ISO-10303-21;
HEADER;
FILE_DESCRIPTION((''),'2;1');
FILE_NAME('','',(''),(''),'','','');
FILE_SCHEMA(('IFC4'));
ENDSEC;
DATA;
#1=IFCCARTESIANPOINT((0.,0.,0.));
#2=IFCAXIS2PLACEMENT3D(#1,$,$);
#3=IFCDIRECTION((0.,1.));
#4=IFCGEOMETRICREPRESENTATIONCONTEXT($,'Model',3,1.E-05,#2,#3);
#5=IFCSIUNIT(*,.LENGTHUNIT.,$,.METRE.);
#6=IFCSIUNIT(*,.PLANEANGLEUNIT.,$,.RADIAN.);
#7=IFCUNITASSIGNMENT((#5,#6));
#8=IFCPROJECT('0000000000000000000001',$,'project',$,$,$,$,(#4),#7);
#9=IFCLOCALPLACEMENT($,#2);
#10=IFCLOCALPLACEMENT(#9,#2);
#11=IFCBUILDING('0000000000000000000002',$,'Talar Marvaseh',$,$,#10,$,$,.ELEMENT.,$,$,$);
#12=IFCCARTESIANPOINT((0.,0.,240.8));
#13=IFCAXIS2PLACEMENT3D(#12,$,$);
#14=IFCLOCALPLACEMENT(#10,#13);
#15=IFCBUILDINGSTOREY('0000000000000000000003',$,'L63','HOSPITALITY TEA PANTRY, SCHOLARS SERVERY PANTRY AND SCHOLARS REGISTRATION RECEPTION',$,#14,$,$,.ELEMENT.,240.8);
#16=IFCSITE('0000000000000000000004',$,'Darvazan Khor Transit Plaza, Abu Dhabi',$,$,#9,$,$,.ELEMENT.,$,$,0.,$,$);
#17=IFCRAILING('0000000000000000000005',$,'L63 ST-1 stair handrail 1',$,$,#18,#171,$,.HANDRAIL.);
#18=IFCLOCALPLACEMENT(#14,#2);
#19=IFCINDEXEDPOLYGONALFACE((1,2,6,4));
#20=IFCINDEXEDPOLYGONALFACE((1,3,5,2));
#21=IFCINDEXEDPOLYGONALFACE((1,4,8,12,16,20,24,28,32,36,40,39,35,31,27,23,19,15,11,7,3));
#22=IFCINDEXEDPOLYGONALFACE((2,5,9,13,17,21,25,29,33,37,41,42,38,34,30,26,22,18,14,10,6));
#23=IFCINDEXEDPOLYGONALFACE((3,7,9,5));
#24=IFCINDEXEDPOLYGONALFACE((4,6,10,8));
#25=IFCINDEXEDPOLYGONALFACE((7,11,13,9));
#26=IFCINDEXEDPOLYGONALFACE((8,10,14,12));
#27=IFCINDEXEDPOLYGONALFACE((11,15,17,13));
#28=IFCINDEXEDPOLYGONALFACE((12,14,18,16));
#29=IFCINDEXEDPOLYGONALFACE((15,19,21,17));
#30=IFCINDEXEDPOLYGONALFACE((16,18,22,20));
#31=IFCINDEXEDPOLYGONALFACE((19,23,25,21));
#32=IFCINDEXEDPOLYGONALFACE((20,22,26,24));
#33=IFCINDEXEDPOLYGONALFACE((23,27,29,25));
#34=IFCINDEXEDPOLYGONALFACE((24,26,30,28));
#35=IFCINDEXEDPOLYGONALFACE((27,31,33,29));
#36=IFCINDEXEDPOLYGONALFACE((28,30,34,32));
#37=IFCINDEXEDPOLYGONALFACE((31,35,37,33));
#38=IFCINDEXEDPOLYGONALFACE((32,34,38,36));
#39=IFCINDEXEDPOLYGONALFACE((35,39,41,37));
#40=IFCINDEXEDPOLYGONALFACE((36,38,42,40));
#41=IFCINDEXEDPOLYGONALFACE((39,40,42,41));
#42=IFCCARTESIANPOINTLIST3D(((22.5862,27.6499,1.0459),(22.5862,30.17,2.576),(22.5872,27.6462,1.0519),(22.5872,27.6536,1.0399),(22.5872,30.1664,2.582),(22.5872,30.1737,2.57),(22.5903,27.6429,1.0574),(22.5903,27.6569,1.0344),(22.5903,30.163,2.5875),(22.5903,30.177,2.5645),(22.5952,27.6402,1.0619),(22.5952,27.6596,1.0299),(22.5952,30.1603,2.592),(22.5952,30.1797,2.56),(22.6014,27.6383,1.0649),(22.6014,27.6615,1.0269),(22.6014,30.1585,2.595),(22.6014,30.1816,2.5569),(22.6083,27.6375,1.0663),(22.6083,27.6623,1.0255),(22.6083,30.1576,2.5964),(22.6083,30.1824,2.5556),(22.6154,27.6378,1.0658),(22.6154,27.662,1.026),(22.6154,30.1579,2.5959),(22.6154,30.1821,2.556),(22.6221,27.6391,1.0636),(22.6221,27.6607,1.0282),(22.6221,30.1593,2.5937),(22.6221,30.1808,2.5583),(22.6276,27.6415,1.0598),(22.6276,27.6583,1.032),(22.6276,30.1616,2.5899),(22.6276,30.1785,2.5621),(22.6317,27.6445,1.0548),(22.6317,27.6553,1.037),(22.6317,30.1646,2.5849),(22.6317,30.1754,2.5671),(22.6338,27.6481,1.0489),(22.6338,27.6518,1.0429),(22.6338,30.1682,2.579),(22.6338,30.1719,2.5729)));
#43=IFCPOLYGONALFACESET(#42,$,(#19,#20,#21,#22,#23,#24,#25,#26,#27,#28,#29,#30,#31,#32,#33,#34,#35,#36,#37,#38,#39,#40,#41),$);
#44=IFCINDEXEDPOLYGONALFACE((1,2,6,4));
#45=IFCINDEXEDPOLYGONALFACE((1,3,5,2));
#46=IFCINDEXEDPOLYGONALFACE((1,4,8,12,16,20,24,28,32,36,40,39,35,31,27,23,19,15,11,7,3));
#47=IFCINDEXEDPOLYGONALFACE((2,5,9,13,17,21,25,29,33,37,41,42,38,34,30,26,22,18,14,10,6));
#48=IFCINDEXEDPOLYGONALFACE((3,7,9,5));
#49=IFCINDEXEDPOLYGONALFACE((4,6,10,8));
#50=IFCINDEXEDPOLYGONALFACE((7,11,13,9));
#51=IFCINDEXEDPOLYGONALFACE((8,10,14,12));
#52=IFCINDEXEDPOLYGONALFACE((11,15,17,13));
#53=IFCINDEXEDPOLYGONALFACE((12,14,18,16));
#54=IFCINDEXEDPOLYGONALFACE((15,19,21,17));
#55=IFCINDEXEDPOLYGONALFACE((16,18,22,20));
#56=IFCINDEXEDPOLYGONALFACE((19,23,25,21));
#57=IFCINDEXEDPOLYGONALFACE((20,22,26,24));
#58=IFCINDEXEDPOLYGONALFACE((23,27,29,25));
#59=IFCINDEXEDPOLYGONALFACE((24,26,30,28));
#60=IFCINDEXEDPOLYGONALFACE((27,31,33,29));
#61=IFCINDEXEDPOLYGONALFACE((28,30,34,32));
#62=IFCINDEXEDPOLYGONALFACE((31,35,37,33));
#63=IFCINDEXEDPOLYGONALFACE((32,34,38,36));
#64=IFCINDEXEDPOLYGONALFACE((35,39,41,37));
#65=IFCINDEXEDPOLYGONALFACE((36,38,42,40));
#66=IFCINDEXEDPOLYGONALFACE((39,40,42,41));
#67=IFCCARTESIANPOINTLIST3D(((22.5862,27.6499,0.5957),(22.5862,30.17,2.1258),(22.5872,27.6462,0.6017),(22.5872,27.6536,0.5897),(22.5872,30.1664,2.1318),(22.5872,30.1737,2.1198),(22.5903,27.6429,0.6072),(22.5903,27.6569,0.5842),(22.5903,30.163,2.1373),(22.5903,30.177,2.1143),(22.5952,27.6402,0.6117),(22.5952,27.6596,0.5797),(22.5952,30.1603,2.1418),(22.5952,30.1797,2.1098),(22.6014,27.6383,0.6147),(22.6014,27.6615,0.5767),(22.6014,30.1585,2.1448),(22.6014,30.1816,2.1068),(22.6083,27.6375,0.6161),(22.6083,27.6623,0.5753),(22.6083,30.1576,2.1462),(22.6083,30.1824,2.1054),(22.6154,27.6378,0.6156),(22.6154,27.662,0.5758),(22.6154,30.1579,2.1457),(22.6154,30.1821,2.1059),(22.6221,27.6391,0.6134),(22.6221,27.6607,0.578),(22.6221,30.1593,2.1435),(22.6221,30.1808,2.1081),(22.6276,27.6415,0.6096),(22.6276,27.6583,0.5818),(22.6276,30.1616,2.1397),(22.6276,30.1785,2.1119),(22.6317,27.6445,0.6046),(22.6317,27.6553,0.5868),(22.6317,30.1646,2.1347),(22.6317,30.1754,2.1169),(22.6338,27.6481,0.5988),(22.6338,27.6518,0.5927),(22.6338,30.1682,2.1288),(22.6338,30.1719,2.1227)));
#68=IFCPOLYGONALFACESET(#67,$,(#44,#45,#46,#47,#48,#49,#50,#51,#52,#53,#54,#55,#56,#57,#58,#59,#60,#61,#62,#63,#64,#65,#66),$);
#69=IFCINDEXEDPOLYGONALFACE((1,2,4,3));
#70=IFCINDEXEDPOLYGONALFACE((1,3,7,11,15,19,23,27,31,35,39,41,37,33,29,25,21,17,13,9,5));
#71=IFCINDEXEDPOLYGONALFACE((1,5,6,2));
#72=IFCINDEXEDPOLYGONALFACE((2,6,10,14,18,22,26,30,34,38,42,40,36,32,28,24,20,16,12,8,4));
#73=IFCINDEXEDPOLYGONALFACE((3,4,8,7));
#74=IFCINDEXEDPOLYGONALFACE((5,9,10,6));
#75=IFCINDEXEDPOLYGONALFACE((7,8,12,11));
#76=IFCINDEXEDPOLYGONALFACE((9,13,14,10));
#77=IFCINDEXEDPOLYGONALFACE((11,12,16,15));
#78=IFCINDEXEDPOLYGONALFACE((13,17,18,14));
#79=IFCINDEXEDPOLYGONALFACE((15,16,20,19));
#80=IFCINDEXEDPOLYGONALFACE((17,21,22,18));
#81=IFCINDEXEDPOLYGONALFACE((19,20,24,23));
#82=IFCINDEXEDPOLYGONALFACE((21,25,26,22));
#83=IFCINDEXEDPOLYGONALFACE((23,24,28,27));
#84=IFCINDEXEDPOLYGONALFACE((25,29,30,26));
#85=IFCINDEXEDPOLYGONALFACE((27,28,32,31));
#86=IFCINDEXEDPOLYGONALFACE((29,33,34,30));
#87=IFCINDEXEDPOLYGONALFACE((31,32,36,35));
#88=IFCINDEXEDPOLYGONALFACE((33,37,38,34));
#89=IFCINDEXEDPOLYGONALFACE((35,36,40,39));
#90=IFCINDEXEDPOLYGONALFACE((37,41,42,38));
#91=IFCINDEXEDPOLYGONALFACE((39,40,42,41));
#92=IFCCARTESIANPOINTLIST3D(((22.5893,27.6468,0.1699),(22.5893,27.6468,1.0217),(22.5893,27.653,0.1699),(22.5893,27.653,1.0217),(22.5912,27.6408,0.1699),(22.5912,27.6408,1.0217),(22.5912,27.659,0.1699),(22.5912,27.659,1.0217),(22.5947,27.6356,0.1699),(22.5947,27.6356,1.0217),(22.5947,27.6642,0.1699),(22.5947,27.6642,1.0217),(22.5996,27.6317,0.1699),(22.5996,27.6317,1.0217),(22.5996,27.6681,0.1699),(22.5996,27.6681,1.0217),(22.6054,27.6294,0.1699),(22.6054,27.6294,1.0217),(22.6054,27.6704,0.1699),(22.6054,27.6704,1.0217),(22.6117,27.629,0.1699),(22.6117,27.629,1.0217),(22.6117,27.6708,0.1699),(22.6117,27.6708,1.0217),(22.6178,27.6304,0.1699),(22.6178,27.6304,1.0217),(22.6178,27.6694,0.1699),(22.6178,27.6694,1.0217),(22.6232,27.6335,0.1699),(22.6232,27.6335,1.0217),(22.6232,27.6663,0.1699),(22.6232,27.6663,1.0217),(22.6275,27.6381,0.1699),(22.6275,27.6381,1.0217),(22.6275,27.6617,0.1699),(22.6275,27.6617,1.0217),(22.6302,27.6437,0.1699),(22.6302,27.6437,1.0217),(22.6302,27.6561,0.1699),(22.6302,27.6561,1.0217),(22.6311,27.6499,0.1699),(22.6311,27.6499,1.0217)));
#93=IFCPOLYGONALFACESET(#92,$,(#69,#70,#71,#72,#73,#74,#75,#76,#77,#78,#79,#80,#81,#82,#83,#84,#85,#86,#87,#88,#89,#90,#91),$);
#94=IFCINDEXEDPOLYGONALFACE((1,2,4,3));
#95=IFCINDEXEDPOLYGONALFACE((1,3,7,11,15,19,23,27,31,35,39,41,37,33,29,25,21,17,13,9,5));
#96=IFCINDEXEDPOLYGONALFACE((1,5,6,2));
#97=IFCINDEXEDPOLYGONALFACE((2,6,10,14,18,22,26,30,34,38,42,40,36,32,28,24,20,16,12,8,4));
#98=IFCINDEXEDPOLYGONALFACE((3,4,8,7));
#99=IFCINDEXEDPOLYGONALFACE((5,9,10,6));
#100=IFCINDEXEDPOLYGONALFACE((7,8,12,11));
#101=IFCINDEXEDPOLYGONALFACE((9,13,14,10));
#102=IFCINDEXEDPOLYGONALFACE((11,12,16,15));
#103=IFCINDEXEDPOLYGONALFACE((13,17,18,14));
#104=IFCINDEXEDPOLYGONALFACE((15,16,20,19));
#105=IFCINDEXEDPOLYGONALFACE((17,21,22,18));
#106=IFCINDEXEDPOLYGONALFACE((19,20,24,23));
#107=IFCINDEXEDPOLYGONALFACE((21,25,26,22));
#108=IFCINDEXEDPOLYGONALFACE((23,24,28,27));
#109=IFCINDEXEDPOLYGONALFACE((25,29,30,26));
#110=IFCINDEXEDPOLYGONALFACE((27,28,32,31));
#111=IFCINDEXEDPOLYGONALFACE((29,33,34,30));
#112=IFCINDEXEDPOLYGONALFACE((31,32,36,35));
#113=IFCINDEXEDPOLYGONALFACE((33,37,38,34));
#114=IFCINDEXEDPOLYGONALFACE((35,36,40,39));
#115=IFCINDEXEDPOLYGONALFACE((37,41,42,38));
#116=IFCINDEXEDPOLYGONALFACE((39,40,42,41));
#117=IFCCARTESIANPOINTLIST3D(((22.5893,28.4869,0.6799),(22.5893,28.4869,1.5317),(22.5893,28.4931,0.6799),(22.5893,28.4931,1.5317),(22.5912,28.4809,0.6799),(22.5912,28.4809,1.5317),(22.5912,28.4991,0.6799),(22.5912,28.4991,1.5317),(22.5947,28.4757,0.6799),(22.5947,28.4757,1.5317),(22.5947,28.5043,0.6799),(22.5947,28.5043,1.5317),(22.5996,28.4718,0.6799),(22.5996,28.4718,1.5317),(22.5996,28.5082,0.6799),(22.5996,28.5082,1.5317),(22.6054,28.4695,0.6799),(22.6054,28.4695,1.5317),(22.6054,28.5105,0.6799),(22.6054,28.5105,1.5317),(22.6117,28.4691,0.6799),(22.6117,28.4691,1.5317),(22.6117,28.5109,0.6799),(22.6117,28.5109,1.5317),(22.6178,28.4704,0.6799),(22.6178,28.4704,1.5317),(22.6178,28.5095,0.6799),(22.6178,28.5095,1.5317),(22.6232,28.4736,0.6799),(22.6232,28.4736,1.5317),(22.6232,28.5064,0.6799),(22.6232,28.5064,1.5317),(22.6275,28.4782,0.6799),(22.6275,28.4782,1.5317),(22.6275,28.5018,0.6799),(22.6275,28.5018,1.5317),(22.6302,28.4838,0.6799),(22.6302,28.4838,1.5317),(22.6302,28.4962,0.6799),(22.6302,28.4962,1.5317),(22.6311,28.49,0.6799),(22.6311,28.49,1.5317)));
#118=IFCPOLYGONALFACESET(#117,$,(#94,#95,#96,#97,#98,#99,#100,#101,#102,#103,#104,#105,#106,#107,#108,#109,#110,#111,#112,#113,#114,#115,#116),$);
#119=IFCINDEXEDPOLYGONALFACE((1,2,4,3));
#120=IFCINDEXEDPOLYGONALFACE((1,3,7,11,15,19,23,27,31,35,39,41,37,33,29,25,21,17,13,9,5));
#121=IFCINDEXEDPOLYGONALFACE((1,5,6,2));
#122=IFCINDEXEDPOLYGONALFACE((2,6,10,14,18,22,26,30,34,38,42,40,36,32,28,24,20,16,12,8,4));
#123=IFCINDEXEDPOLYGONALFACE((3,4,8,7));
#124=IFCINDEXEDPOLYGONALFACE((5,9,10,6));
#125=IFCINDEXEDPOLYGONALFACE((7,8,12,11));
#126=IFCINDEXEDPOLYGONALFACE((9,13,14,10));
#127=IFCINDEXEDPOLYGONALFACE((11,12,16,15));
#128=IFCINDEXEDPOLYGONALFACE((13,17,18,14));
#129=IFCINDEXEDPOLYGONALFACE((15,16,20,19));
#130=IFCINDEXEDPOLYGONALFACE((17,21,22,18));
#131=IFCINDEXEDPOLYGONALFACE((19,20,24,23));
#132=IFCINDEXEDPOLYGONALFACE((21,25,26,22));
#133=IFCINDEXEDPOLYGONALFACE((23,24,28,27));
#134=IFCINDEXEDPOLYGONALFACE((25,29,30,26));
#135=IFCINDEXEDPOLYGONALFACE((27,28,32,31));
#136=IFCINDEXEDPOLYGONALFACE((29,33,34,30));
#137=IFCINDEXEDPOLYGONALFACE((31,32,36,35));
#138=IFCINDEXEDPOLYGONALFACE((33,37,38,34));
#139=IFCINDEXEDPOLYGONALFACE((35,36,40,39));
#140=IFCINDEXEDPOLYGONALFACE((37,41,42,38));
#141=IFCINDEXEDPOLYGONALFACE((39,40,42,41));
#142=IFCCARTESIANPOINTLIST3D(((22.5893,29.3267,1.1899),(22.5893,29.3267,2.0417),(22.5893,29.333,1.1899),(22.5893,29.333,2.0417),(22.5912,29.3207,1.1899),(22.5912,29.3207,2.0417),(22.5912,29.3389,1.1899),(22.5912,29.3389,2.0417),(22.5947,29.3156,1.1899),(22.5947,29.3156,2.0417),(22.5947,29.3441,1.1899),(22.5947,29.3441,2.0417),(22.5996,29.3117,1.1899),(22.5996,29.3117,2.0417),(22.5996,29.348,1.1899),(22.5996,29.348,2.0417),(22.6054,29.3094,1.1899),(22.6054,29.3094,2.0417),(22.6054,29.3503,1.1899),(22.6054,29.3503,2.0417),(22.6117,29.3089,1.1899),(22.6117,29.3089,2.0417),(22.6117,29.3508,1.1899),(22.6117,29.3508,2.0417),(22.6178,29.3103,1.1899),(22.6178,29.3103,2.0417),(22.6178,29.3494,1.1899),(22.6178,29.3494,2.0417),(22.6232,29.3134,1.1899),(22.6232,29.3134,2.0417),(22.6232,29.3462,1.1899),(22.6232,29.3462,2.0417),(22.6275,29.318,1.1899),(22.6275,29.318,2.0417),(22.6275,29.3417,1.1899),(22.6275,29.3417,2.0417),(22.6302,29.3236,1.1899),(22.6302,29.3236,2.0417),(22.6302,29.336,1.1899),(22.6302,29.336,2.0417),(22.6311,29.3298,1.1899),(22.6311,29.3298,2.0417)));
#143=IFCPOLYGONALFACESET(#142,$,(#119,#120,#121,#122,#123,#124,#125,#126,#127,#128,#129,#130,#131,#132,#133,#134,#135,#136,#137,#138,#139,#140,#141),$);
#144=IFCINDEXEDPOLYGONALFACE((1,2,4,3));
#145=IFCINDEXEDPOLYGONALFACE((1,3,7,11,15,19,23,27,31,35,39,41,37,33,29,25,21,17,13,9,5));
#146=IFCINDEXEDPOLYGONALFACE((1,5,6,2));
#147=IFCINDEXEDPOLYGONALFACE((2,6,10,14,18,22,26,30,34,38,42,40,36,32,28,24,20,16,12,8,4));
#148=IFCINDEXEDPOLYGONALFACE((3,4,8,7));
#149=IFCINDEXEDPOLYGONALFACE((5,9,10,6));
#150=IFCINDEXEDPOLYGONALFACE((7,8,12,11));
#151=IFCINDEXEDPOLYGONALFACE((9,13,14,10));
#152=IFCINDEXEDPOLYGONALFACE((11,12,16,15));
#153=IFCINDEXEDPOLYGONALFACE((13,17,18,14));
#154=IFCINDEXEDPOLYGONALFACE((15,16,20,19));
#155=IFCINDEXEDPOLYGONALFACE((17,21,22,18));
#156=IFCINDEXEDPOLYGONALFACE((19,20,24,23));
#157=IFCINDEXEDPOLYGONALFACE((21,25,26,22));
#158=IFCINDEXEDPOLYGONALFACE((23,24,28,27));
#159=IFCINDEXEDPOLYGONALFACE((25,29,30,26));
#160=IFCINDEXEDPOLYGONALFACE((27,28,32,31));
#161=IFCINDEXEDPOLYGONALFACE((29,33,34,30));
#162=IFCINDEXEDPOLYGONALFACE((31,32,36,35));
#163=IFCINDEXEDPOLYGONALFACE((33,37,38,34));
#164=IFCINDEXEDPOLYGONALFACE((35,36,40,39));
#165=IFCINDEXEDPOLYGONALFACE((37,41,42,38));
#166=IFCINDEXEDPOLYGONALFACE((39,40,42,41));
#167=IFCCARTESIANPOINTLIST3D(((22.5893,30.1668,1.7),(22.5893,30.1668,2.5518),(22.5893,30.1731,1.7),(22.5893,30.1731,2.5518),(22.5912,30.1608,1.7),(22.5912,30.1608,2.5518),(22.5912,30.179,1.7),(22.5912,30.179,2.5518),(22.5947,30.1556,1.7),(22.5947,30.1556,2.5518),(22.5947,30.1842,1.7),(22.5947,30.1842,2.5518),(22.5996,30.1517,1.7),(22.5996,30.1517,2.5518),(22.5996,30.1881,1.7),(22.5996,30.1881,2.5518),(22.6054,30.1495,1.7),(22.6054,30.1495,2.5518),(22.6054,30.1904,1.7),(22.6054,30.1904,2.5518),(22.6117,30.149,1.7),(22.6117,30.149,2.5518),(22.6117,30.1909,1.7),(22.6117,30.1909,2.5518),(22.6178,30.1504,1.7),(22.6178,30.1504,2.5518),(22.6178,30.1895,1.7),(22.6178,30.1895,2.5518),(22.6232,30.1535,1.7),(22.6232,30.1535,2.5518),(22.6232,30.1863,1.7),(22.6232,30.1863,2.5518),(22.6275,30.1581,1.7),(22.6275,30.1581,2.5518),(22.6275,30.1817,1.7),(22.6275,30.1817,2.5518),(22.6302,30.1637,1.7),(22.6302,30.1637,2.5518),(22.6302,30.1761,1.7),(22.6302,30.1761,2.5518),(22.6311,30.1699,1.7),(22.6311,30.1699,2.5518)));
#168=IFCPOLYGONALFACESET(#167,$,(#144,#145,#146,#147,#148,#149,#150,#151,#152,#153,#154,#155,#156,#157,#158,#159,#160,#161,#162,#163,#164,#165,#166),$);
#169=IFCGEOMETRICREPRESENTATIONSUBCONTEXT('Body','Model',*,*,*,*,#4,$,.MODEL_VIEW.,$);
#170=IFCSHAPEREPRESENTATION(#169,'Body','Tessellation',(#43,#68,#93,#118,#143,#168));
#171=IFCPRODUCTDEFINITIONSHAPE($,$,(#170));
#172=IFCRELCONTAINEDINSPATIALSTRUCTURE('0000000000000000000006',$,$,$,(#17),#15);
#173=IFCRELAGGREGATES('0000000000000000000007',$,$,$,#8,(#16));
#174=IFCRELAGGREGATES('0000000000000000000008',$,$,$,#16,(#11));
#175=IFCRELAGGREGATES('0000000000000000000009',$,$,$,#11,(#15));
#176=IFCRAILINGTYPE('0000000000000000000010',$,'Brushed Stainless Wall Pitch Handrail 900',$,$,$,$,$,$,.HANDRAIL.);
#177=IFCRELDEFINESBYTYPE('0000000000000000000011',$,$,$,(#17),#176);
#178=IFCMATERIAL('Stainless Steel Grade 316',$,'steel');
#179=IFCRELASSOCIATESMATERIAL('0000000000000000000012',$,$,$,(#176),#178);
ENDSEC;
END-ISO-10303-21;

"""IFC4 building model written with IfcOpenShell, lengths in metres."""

from ifc_helpers import new_model, si_unit, direction, frame, origin, origin_2d, place, context, subcontext, project, spatial, circle, extrude, material, type_object, element, save


model = new_model("IFC4")

# Units and contexts
model_context = context("Model", 3, precision=1e-05, world=origin(), true_north=direction((0.0, 1.0)))
body_context = subcontext(model_context, "Body", "Model", "MODEL_VIEW")
ifc_project = project(units=[si_unit("LENGTHUNIT", "METRE"), si_unit("PLANEANGLEUNIT", "RADIAN")], contexts=[model_context])

# Site, building, storey
site_placement = place(None, origin())
site = spatial("IfcSite", under=ifc_project, at=site_placement, Name="Darvazan Khor Transit Plaza, Abu Dhabi", CompositionType="ELEMENT", RefElevation=0.0)
building_placement = place(site_placement, origin())
building = spatial("IfcBuilding", under=site, at=building_placement, Name="Talar Marvaseh", CompositionType="ELEMENT")
storey_placement = place(building_placement, frame((0.0, 0.0, 240.8)))
storey = spatial("IfcBuildingStorey", under=building, at=storey_placement, Name="L63", Description="HOSPITALITY TEA PANTRY, SCHOLARS SERVERY PANTRY AND SCHOLARS REGISTRATION RECEPTION", CompositionType="ELEMENT", Elevation=240.8)

# Railing
ifc_material_1 = material(Name="Stainless Steel Grade 316", Category="steel")
railing_type_1 = type_object("IfcRailingType", Name="Brushed Stainless Wall Pitch Handrail 900", PredefinedType="HANDRAIL", material=ifc_material_1)
railing_1_placement = place(storey_placement, frame((22.6101, 27.6499, 0.1699)))
element("IfcRailing", 1, at=railing_1_placement, inside=storey, type_object=railing_type_1, Name="L63 ST-1 stair handrail 1", PredefinedType="HANDRAIL", context=body_context, shape_type="SweptSolid", body=[
    extrude(circle(Radius=0.0239, at=origin_2d()), frame((0.0, 0.0, 0.876), z_axis=(0.0, 0.854785, 0.518982), x_axis=(-1.0, 0.0, 0.0)), (0.0, 0.0, 1.0), 2.9482),
    extrude(circle(Radius=0.0239, at=origin_2d()), frame((0.0, 0.0, 0.4258), z_axis=(0.0, 0.854785, 0.518982), x_axis=(-1.0, 0.0, 0.0)), (0.0, 0.0, 1.0), 2.9482),
    extrude(circle(Radius=0.021, at=origin_2d()), origin(), (0.0, 0.0, 1.0), 0.8518),
    extrude(circle(Radius=0.021, at=origin_2d()), frame((0.0, 0.8401, 0.51)), (0.0, 0.0, 1.0), 0.8518),
    extrude(circle(Radius=0.021, at=origin_2d()), frame((0.0, 1.6799, 1.02)), (0.0, 0.0, 1.0), 0.8518),
    extrude(circle(Radius=0.021, at=origin_2d()), frame((0.0, 2.52, 1.53)), (0.0, 0.0, 1.0), 0.8518),
])

save(model, "model.ifc")
